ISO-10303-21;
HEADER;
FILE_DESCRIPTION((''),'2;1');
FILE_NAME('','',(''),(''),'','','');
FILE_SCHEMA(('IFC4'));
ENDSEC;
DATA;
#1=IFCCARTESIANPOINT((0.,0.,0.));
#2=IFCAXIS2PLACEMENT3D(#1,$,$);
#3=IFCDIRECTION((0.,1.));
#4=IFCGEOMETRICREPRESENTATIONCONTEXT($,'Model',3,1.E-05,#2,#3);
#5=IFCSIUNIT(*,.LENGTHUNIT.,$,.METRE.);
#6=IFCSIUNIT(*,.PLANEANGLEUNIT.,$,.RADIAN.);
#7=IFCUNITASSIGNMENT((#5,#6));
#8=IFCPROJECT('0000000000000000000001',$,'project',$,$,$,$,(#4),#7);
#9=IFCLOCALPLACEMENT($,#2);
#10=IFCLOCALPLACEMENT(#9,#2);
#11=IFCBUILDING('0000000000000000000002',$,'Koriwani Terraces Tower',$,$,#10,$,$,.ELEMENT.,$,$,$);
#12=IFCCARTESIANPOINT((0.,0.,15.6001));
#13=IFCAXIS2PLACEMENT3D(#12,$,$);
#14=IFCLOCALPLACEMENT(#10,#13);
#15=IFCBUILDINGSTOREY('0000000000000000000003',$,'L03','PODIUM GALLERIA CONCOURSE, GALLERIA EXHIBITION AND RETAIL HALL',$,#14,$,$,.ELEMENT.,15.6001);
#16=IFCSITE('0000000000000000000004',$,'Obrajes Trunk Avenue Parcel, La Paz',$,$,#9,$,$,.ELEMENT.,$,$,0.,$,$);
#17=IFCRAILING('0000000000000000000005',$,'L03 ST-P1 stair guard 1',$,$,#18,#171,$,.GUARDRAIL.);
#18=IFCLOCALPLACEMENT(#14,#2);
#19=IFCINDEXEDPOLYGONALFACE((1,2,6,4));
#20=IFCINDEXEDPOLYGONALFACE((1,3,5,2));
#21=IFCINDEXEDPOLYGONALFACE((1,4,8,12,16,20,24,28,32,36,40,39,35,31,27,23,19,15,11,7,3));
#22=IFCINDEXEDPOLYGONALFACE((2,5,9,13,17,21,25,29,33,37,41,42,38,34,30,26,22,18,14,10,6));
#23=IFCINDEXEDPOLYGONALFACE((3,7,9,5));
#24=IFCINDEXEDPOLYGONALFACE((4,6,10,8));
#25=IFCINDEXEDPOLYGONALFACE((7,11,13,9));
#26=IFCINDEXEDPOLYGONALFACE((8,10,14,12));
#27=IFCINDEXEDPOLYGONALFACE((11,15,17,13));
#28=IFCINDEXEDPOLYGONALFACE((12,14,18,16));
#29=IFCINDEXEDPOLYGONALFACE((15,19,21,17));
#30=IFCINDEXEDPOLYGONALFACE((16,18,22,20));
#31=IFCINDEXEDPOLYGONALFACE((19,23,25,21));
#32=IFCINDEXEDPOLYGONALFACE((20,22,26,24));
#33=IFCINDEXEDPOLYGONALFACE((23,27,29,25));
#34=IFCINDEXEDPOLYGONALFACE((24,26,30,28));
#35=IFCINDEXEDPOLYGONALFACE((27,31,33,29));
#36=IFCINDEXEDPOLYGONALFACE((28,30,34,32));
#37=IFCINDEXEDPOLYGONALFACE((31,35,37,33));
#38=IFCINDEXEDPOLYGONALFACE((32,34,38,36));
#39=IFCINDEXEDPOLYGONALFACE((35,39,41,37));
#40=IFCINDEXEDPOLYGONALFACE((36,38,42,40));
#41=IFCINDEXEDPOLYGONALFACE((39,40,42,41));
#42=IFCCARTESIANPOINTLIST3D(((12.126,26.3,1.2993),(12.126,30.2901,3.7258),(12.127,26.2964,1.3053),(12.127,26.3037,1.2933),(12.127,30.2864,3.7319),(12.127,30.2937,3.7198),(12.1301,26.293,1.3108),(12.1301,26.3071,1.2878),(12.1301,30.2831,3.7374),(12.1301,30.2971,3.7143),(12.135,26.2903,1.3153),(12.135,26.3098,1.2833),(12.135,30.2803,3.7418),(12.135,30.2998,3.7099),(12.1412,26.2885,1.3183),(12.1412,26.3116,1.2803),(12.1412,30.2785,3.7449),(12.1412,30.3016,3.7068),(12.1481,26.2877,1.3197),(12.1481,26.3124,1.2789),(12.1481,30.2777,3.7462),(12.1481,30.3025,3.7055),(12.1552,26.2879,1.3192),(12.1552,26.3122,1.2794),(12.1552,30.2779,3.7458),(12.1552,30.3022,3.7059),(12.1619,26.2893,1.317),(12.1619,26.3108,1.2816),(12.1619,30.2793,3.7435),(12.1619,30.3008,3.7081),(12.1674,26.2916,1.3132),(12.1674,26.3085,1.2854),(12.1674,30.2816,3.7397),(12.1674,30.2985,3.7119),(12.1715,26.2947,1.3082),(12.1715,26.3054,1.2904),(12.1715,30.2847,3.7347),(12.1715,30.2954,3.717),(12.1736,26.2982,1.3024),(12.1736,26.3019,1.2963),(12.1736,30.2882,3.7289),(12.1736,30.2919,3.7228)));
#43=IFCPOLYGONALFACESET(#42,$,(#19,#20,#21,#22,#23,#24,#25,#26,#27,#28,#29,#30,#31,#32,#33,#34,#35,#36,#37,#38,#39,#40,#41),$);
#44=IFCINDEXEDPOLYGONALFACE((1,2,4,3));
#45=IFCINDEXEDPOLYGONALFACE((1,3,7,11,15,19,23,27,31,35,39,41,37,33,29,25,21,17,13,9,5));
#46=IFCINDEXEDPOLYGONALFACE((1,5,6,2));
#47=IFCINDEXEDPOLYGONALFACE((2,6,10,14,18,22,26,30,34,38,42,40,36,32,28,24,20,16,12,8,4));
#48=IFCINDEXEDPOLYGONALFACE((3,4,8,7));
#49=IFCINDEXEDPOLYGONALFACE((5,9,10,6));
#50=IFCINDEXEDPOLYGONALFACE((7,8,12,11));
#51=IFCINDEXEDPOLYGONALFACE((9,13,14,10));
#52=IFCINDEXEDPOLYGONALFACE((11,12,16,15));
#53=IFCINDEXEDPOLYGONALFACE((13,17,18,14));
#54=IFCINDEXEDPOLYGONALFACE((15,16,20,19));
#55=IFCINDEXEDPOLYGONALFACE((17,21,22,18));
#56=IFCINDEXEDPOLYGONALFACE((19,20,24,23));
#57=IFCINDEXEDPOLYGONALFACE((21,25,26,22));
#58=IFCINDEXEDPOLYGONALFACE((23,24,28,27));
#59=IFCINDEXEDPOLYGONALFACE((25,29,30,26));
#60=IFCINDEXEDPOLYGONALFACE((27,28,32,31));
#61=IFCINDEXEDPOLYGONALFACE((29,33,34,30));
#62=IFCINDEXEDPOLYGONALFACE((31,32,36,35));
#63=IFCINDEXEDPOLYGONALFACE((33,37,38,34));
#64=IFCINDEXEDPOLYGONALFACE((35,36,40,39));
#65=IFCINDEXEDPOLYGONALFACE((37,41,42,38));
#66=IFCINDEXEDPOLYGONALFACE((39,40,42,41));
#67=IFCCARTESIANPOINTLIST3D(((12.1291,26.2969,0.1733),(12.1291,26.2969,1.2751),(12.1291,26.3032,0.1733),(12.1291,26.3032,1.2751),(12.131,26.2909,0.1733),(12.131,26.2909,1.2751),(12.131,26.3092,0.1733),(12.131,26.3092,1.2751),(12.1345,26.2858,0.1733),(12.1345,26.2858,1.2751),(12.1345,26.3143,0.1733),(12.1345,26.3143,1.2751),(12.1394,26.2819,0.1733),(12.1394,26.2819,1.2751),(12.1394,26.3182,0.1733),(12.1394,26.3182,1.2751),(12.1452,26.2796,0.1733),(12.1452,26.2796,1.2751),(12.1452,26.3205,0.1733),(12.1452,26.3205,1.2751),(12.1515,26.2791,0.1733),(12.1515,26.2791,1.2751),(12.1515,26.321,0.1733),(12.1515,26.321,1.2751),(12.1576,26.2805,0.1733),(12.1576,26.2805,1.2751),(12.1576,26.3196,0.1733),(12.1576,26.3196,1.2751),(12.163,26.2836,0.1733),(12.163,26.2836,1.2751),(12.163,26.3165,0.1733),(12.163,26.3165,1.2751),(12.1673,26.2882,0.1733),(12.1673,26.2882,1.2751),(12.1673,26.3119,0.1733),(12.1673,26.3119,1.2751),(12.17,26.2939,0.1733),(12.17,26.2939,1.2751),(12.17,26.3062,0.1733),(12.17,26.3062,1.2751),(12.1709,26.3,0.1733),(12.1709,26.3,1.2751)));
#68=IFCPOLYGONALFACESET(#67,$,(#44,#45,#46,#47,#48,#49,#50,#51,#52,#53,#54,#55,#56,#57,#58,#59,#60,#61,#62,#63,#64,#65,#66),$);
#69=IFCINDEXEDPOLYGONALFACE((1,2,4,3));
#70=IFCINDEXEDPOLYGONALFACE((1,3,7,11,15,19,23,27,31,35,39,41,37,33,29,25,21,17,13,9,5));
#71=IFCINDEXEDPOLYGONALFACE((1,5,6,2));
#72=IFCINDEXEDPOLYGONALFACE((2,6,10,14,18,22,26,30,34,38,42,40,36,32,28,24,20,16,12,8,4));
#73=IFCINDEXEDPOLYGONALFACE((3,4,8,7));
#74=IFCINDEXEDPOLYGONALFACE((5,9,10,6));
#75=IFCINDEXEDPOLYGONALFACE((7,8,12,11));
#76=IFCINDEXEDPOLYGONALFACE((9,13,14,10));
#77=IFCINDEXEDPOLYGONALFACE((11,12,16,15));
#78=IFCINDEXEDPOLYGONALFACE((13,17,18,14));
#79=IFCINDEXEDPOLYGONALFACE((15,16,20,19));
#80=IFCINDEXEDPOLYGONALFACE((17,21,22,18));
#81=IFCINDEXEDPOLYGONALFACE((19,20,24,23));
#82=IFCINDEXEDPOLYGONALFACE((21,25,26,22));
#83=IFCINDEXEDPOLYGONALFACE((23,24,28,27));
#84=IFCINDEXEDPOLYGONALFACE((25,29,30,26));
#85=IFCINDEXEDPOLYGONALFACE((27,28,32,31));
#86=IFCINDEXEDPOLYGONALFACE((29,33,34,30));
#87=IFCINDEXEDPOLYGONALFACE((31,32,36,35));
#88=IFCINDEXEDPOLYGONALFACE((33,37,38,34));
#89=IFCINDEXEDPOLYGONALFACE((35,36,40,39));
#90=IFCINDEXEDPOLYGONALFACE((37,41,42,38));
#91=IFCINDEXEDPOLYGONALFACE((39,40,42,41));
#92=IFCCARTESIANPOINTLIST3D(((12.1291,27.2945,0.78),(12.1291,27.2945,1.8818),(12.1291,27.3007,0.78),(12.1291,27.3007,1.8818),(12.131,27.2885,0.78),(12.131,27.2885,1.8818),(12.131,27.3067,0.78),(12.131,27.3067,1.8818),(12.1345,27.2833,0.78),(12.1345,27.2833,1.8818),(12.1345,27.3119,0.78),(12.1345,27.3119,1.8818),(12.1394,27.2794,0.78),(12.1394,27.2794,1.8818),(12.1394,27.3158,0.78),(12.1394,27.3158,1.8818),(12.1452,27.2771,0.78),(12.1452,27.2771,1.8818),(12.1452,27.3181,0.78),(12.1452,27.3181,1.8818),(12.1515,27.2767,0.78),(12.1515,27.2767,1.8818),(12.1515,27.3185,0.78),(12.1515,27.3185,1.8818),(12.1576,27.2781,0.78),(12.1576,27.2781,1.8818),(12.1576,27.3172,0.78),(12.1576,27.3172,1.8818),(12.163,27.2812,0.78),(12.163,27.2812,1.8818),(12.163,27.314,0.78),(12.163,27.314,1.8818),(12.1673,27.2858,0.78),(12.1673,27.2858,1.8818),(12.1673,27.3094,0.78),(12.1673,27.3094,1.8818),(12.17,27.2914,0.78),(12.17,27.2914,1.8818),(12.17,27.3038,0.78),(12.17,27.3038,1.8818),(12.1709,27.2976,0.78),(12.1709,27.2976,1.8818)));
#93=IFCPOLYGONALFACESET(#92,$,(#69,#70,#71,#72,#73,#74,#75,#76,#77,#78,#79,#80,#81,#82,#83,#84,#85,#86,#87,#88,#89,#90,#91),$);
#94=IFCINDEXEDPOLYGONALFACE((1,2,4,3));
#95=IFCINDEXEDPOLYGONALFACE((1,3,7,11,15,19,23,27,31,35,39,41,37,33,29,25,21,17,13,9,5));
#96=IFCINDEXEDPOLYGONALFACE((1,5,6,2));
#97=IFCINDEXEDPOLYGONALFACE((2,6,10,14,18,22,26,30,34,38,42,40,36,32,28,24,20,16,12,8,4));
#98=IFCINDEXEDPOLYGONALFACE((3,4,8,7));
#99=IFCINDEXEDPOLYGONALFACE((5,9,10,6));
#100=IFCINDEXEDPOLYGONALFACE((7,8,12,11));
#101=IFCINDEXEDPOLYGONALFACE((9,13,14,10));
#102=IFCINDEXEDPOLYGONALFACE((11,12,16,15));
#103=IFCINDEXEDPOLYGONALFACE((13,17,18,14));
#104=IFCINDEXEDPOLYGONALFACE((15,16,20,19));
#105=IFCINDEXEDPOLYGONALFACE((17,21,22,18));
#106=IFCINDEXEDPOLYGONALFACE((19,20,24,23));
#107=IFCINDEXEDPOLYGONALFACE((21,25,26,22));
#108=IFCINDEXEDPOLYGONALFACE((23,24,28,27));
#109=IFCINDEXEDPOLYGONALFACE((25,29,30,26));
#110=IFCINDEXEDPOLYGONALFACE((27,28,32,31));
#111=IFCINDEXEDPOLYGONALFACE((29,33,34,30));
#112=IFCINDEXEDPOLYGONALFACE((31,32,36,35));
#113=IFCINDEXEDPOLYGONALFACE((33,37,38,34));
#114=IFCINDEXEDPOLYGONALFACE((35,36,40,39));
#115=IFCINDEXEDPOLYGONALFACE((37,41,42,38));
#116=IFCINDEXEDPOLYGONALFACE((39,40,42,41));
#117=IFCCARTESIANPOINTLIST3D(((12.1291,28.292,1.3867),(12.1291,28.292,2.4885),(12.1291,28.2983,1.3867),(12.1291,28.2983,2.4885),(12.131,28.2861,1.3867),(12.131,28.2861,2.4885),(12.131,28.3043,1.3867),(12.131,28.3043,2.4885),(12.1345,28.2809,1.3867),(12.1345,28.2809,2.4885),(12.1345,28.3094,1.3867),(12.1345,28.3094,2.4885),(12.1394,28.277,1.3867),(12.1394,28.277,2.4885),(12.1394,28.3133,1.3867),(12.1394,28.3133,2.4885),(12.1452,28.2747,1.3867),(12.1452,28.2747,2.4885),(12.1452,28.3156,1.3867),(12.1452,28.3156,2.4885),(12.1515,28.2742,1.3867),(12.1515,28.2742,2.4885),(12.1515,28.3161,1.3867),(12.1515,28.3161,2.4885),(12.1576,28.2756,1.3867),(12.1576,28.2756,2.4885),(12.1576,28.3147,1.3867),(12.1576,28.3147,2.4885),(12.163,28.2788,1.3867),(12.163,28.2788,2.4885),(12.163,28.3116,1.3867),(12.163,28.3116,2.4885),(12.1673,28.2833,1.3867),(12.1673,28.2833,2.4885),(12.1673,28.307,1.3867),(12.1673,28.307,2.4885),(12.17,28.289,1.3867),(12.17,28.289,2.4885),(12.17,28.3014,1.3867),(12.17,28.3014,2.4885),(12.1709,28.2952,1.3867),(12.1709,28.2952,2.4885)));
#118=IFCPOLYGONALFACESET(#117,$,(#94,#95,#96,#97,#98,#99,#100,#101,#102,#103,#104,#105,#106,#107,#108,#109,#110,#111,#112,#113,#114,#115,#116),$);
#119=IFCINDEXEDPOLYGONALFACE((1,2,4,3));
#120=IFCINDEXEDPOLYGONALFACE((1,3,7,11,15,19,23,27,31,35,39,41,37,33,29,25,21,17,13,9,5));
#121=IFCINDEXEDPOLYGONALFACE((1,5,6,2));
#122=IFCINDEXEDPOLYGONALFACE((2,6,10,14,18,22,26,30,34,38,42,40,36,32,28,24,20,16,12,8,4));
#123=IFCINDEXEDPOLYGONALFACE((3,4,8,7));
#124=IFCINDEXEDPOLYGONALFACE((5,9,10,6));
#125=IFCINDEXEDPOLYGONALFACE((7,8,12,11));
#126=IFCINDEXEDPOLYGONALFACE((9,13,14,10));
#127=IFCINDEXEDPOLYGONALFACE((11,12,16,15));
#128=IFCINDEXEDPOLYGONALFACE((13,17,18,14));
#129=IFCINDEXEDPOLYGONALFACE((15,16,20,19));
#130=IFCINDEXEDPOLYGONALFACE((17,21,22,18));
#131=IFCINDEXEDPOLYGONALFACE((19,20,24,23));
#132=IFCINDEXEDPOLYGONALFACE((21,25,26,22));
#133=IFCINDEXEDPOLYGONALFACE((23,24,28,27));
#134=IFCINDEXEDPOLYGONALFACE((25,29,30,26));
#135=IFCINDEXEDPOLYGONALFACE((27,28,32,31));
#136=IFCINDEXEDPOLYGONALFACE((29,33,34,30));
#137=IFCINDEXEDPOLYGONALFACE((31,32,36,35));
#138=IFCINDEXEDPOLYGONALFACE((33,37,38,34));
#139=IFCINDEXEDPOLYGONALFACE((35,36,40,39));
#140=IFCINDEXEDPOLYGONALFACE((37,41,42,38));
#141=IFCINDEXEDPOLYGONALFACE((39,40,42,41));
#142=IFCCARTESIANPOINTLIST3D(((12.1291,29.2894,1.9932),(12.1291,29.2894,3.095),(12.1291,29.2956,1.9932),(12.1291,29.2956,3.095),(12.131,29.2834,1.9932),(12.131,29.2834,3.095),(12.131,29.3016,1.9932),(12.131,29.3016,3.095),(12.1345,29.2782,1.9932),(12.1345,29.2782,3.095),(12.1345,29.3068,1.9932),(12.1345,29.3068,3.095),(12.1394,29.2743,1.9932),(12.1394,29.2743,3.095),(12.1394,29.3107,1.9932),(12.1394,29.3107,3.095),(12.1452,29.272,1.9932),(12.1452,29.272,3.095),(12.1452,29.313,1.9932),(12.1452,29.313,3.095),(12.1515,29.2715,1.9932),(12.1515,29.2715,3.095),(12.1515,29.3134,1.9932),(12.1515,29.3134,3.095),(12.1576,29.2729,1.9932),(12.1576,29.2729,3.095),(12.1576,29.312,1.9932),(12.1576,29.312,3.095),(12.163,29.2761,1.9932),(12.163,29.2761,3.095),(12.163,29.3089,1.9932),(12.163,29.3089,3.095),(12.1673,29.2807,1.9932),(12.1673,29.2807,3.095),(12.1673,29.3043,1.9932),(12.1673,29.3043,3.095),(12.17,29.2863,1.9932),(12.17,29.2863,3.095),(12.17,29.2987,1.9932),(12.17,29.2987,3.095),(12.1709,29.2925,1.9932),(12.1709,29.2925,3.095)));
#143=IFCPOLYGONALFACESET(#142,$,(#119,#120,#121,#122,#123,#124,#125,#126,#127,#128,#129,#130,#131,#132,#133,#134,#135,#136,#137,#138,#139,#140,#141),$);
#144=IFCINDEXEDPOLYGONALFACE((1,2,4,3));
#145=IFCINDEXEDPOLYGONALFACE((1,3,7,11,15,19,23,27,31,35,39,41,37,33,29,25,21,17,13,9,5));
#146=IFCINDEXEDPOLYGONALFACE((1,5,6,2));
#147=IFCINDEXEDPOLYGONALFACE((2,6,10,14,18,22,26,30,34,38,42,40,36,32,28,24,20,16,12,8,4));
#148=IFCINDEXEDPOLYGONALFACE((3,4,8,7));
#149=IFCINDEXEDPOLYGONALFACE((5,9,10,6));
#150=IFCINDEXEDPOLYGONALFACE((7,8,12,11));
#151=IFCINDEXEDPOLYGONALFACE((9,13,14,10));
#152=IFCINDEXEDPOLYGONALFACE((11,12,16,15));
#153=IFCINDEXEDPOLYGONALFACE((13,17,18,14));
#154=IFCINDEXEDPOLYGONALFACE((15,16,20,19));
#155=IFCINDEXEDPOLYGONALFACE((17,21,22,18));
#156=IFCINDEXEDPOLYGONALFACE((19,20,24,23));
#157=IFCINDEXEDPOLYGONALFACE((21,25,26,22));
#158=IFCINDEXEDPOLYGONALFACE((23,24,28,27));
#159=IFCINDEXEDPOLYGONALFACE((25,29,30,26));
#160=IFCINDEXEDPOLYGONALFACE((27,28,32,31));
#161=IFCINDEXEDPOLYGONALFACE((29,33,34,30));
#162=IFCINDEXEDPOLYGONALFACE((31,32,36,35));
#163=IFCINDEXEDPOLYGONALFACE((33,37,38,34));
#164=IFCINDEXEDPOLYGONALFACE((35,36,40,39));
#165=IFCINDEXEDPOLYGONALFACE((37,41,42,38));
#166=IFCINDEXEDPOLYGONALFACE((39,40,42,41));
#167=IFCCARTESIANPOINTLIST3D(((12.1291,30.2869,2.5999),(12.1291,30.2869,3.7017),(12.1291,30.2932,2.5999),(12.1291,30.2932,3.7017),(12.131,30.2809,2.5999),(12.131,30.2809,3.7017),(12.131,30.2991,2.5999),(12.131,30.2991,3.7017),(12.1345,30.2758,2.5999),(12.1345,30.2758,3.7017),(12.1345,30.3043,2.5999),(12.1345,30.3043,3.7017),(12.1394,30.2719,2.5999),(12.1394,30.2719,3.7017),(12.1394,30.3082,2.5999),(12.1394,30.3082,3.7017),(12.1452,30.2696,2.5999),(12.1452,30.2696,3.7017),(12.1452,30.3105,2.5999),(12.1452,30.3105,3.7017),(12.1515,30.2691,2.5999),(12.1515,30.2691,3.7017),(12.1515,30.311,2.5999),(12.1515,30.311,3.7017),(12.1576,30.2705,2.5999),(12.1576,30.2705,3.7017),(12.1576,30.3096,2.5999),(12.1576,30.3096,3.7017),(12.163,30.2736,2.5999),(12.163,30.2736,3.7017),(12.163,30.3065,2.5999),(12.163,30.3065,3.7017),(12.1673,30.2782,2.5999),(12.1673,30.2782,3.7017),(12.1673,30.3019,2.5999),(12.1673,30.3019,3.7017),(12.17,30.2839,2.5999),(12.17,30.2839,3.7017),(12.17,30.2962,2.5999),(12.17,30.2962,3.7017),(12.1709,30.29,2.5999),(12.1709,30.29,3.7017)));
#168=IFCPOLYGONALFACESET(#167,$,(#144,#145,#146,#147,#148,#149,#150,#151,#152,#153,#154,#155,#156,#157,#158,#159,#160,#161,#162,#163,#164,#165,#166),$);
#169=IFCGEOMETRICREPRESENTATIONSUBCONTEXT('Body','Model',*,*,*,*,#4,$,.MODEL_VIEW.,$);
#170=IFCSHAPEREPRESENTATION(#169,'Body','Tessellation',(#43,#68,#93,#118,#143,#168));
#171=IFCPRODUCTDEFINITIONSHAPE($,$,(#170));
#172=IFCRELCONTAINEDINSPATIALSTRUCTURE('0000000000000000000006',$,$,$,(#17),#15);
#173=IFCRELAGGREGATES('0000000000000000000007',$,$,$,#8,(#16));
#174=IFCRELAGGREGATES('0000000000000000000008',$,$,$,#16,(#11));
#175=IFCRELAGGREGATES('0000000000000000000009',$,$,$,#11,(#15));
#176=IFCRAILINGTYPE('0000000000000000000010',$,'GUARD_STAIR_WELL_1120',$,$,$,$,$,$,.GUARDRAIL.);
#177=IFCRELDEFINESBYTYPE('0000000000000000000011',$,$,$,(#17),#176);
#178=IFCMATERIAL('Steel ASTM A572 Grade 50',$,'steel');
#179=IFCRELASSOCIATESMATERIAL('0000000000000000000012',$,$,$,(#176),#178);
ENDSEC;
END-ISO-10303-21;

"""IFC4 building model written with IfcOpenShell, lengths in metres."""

from ifc_helpers import new_model, si_unit, direction, frame, origin, origin_2d, place, context, subcontext, project, spatial, circle, extrude, material, type_object, element, save


model = new_model("IFC4")

# Units and contexts
model_context = context("Model", 3, precision=1e-05, world=origin(), true_north=direction((0.0, 1.0)))
body_context = subcontext(model_context, "Body", "Model", "MODEL_VIEW")
ifc_project = project(units=[si_unit("LENGTHUNIT", "METRE"), si_unit("PLANEANGLEUNIT", "RADIAN")], contexts=[model_context])

# Site, building, storey
site_placement = place(None, origin())
site = spatial("IfcSite", under=ifc_project, at=site_placement, Name="Obrajes Trunk Avenue Parcel, La Paz", CompositionType="ELEMENT", RefElevation=0.0)
building_placement = place(site_placement, origin())
building = spatial("IfcBuilding", under=site, at=building_placement, Name="Koriwani Terraces Tower", CompositionType="ELEMENT")
storey_placement = place(building_placement, frame((0.0, 0.0, 15.6001)))
storey = spatial("IfcBuildingStorey", under=building, at=storey_placement, Name="L03", Description="PODIUM GALLERIA CONCOURSE, GALLERIA EXHIBITION AND RETAIL HALL", CompositionType="ELEMENT", Elevation=15.6001)

# Shared definitions
ifc_material_1 = material(Name="Steel ASTM A572 Grade 50", Category="steel")

# Railing
railing_type_1 = type_object("IfcRailingType", Name="GUARD_STAIR_WELL_1120", PredefinedType="GUARDRAIL", material=ifc_material_1)
railing_1_placement = place(storey_placement, frame((12.1499, 26.3, 0.1733)))
element("IfcRailing", 1, at=railing_1_placement, inside=storey, type_object=railing_type_1, Name="L03 ST-P1 stair guard 1", PredefinedType="GUARDRAIL", context=body_context, shape_type="SweptSolid", body=[
    extrude(circle(Radius=0.0239, at=origin_2d()), frame((0.0, 0.0, 1.126), z_axis=(0.0, 0.854405, 0.519607), x_axis=(-1.0, 0.0, 0.0)), (0.0, 0.0, 1.0), 4.6699),
    extrude(circle(Radius=0.021, at=origin_2d()), origin(), (0.0, 0.0, 1.0), 1.1018),
    extrude(circle(Radius=0.021, at=origin_2d()), frame((0.0, 0.9976, 0.6067)), (0.0, 0.0, 1.0), 1.1018),
    extrude(circle(Radius=0.021, at=origin_2d()), frame((0.0, 1.9951, 1.2134)), (0.0, 0.0, 1.0), 1.1018),
    extrude(circle(Radius=0.021, at=origin_2d()), frame((0.0, 2.9924, 1.8198)), (0.0, 0.0, 1.0), 1.1018),
    extrude(circle(Radius=0.021, at=origin_2d()), frame((0.0, 3.99, 2.4265)), (0.0, 0.0, 1.0), 1.1018),
])

save(model, "model.ifc")
